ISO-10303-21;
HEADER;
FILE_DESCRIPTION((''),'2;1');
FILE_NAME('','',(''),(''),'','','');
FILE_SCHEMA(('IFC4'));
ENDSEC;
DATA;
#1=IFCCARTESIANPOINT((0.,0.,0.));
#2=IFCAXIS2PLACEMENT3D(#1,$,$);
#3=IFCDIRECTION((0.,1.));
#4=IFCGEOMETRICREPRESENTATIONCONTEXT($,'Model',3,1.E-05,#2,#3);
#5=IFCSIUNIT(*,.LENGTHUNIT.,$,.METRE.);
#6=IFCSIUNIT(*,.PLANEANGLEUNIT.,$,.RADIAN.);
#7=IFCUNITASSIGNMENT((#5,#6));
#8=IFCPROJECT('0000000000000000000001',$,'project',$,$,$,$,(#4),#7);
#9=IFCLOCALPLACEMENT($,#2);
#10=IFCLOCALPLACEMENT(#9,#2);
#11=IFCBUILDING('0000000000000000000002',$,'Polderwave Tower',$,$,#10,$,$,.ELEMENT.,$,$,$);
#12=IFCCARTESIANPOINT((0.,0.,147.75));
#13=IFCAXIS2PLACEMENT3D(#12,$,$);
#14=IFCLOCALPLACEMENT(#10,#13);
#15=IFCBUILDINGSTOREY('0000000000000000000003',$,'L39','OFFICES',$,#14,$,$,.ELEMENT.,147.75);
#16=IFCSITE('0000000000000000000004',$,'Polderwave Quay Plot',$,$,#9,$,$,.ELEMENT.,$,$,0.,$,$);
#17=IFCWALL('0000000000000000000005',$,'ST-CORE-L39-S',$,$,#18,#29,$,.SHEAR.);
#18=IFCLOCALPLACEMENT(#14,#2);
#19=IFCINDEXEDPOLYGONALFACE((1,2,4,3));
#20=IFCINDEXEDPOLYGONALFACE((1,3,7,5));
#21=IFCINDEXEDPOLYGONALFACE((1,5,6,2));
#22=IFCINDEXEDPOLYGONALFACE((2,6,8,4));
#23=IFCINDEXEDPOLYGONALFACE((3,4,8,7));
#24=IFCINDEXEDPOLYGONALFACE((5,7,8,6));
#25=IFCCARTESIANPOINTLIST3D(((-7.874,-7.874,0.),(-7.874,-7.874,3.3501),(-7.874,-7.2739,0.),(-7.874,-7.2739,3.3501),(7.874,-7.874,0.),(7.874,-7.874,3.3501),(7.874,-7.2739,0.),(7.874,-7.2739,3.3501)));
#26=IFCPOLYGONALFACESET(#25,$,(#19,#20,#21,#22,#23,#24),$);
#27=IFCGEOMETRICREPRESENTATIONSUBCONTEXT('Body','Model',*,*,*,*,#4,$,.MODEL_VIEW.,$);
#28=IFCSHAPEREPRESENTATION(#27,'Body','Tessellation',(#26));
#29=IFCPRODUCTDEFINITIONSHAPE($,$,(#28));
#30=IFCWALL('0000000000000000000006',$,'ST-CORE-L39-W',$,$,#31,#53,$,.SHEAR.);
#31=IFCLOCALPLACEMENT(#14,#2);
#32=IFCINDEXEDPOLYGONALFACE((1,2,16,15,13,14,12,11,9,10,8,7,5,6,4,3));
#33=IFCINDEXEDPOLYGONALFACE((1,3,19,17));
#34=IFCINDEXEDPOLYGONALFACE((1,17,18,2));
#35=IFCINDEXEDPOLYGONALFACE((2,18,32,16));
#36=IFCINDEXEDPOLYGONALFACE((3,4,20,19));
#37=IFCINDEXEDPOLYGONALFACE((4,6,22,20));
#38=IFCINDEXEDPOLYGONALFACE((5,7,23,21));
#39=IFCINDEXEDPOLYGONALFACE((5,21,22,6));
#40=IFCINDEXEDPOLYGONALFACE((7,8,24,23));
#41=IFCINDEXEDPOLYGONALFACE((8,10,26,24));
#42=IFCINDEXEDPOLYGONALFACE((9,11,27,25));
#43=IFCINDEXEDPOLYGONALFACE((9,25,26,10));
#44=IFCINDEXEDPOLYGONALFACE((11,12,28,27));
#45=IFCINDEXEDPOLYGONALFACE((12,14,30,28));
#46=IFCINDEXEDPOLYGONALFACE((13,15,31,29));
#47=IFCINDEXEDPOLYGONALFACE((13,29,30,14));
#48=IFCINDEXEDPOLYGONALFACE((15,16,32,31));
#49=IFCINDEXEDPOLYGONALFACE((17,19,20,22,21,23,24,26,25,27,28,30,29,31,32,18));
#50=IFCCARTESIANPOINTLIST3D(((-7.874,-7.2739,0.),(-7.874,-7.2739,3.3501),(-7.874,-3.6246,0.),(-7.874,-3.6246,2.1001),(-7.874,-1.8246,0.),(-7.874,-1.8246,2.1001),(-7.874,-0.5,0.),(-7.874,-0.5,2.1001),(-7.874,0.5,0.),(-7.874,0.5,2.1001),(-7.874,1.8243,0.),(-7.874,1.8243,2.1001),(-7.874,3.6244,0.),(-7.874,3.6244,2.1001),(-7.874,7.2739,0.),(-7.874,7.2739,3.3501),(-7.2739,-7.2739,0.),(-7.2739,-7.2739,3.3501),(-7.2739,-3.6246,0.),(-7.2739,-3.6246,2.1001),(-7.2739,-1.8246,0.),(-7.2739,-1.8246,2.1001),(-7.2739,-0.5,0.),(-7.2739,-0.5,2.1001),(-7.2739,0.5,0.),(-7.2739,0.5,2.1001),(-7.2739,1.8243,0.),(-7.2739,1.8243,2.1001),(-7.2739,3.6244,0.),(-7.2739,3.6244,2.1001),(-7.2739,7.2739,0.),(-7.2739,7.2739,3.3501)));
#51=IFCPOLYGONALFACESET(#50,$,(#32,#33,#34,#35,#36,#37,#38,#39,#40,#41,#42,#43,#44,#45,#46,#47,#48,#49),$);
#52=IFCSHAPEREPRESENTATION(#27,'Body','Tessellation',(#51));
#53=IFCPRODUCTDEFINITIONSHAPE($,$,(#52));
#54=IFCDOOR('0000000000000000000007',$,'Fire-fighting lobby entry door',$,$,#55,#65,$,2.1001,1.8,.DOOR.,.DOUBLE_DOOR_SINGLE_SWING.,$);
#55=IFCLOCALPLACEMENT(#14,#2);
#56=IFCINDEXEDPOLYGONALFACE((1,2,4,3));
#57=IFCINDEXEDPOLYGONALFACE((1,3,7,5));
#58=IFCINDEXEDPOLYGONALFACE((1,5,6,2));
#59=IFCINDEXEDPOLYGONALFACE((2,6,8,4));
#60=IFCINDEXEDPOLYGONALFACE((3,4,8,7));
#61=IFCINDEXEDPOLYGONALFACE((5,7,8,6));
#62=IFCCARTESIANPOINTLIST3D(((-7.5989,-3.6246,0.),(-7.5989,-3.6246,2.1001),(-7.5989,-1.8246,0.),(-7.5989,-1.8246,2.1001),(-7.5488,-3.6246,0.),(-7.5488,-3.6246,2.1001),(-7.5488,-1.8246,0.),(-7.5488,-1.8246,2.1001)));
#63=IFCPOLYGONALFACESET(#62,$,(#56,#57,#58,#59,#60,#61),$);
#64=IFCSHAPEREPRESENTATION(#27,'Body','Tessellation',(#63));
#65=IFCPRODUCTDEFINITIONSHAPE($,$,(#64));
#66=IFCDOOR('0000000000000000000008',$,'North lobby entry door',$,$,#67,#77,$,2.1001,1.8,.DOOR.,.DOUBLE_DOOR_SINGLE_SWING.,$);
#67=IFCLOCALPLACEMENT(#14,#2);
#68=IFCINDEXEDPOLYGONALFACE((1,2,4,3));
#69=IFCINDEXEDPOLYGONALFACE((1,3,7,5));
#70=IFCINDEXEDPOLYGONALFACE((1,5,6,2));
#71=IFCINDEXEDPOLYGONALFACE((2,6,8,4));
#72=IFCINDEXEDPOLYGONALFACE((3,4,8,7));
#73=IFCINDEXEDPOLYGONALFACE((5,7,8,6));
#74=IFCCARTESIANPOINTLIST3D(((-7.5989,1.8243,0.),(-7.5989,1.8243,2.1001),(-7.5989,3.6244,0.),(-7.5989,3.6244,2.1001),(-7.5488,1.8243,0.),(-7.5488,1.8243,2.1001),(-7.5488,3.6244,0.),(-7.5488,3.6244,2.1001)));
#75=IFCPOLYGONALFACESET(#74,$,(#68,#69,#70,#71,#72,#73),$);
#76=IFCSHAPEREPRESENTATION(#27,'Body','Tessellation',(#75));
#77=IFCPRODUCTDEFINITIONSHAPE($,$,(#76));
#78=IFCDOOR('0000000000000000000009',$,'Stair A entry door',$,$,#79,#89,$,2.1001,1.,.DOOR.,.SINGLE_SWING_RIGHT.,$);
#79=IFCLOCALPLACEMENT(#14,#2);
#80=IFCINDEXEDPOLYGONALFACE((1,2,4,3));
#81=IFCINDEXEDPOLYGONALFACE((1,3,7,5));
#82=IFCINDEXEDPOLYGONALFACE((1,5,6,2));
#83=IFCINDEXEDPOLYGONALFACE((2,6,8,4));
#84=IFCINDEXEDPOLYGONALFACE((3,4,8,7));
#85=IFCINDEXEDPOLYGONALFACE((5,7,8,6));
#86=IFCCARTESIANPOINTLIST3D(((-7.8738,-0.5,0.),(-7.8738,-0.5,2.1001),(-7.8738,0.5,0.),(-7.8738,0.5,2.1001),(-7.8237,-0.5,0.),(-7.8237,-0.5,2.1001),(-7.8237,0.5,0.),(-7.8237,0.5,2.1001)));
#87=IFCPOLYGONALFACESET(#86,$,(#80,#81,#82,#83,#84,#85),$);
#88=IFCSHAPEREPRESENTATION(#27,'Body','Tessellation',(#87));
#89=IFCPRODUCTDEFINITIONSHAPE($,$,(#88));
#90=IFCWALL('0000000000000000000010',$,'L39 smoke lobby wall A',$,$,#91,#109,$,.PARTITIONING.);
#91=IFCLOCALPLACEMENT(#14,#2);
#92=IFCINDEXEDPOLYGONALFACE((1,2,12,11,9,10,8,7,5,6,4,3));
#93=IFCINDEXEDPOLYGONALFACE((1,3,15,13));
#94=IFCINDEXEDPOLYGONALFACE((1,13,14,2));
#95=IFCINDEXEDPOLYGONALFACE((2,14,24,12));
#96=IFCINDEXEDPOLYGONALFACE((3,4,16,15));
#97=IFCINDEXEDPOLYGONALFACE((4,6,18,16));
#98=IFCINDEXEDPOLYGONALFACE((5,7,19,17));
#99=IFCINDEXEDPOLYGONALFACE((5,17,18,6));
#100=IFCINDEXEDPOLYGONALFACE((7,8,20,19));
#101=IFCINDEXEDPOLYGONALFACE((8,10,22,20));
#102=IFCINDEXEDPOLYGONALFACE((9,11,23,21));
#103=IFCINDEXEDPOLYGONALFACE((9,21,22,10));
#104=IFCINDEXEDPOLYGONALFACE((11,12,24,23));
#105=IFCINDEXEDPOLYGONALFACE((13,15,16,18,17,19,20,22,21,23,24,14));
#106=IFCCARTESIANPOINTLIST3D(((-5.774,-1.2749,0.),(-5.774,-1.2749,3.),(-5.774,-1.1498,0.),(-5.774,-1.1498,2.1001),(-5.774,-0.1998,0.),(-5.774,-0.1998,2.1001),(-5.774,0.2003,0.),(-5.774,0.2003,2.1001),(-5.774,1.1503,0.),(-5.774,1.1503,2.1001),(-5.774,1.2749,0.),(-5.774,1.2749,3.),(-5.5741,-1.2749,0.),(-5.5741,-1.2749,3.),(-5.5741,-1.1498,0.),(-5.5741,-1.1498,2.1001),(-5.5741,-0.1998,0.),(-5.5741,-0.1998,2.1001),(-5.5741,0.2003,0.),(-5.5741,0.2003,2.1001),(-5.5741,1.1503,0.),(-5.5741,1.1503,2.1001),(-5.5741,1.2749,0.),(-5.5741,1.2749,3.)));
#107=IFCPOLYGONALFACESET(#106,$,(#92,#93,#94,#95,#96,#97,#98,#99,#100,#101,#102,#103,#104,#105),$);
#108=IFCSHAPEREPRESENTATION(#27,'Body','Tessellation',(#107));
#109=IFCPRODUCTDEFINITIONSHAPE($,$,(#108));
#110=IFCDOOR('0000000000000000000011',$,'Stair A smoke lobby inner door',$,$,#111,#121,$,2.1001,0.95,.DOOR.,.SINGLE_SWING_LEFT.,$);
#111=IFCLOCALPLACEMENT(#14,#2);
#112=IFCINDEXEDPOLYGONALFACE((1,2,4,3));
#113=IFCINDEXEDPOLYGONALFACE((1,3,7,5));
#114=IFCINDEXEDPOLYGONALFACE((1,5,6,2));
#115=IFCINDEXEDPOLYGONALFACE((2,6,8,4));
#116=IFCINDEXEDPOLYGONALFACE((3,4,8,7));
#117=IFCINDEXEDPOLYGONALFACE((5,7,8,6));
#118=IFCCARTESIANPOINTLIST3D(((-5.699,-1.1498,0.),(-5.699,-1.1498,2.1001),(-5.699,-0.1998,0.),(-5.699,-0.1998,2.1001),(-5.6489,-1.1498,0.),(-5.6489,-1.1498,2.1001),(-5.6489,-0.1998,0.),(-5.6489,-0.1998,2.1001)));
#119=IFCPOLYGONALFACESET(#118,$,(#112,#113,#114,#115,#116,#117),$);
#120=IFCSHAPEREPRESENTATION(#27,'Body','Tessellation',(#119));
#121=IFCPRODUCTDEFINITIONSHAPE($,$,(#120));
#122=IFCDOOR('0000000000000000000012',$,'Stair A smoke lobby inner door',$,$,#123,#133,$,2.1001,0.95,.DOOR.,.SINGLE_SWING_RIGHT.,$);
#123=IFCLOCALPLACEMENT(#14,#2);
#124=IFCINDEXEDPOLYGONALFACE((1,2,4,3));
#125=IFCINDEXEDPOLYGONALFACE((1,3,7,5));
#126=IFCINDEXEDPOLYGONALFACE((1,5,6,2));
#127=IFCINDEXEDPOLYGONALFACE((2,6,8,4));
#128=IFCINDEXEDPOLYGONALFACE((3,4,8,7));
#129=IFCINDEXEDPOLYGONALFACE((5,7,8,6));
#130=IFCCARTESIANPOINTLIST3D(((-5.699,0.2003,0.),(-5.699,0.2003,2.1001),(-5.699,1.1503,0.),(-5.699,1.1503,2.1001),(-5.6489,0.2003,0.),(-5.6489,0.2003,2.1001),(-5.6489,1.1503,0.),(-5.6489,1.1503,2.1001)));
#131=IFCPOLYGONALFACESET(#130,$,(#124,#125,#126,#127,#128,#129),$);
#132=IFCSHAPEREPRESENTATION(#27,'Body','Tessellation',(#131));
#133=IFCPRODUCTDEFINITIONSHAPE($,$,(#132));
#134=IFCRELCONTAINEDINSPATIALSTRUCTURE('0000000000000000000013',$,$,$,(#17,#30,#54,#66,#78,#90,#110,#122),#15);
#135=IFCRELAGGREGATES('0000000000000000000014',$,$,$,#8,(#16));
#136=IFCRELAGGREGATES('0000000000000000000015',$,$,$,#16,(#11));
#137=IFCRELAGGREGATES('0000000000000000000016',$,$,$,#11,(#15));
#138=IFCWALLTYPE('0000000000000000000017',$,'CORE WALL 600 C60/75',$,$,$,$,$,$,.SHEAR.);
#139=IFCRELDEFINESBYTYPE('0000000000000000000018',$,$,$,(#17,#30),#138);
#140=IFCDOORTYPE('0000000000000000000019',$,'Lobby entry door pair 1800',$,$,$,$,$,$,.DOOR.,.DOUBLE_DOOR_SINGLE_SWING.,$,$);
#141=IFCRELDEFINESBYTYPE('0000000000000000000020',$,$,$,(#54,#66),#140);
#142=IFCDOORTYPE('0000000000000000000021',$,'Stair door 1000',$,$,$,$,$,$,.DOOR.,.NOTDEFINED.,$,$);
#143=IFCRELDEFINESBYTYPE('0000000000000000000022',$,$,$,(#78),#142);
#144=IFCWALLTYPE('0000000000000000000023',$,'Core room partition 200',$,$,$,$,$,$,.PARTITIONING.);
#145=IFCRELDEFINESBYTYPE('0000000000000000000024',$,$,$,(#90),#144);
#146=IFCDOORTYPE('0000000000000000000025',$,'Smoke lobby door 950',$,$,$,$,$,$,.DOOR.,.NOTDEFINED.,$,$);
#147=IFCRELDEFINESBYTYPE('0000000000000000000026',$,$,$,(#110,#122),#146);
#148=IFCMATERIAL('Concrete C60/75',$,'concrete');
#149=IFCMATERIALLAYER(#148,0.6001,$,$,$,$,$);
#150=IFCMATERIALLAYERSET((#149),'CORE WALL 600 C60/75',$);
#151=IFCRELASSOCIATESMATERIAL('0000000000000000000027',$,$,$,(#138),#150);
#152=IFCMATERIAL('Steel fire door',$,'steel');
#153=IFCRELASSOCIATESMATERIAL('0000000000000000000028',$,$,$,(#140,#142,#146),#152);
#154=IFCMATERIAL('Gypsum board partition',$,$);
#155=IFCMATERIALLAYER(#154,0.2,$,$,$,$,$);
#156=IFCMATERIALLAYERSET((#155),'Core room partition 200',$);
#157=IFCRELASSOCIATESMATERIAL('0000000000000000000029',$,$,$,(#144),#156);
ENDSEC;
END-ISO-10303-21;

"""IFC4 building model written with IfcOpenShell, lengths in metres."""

from ifc_helpers import new_model, si_unit, direction, frame, frame_2d, origin, place, context, subcontext, project, spatial, rectangle, extrude, material, layer, layer_set, type_object, element, fill, save


model = new_model("IFC4")

# Units and contexts
model_context = context("Model", 3, precision=1e-05, world=origin(), true_north=direction((0.0, 1.0)))
body_context = subcontext(model_context, "Body", "Model", "MODEL_VIEW")
ifc_project = project(units=[si_unit("LENGTHUNIT", "METRE"), si_unit("PLANEANGLEUNIT", "RADIAN")], contexts=[model_context])

# Site, building, storey
site_placement = place(None, origin())
site = spatial("IfcSite", under=ifc_project, at=site_placement, Name="Polderwave Quay Plot", CompositionType="ELEMENT", RefElevation=0.0)
building_placement = place(site_placement, origin())
building = spatial("IfcBuilding", under=site, at=building_placement, Name="Polderwave Tower", CompositionType="ELEMENT")
storey_placement = place(building_placement, frame((0.0, 0.0, 147.75)))
storey = spatial("IfcBuildingStorey", under=building, at=storey_placement, Name="L39", Description="OFFICES", CompositionType="ELEMENT", Elevation=147.75)

# Wall
ifc_material_1 = material(Name="Concrete C60/75", Category="concrete")
ifc_layer_1 = layer(ifc_material_1, 0.6001)
ifc_layer_set_1 = layer_set([ifc_layer_1], Name="CORE WALL 600 C60/75")
wall_type_1 = type_object("IfcWallType", Name="CORE WALL 600 C60/75", PredefinedType="SHEAR", material=ifc_layer_set_1)
wall_1_placement = place(storey_placement, frame((-7.874, -7.574, 0.0), z_axis=(0.0, 0.0, 1.0), x_axis=(1.0, 0.0, 0.0)))
element("IfcWall", 1, at=wall_1_placement, inside=storey, type_object=wall_type_1, Name="ST-CORE-L39-S", PredefinedType="SHEAR", context=body_context, shape_type="SweptSolid", body=[
    extrude(rectangle(XDim=15.748, YDim=0.6001, at=frame_2d((7.874, 0.0))), origin(), (0.0, 0.0, 1.0), 3.3501),
])

# Walls, openings, doors
wall_2_placement = place(storey_placement, frame((-7.574, -7.2739, 0.0), z_axis=(0.0, 0.0, 1.0), x_axis=(0.0, 1.0, 0.0)))
wall_2 = element("IfcWall", 2, at=wall_2_placement, inside=storey, type_object=wall_type_1, Name="ST-CORE-L39-W", PredefinedType="SHEAR", context=body_context, shape_type="SweptSolid", body=[
    extrude(rectangle(XDim=14.5479, YDim=0.6001, at=frame_2d((7.2739, 0.0))), origin(), (0.0, 0.0, 1.0), 3.3501),
])
opening_1_placement = place(wall_2_placement, frame((6.7739, 0.0, 0.0)))
opening_1 = element("IfcOpeningElement", 3, at=opening_1_placement, cuts=wall_2, PredefinedType="OPENING", context=body_context, shape_type="SweptSolid", body=[
    extrude(rectangle(XDim=1.0, YDim=2.1001, at=frame_2d((0.5, 1.05))), frame((0.0, 0.3101, 0.0), z_axis=(0.0, -1.0, 0.0), x_axis=(1.0, 0.0, 0.0)), (0.0, 0.0, 1.0), 0.6201),
])
opening_2_placement = place(wall_2_placement, frame((3.6494, 0.0, 0.0)))
opening_2 = element("IfcOpeningElement", 4, at=opening_2_placement, cuts=wall_2, PredefinedType="OPENING", context=body_context, shape_type="SweptSolid", body=[
    extrude(rectangle(XDim=1.8, YDim=2.1001, at=frame_2d((0.8999, 1.05))), frame((0.0, 0.3101, 0.0), z_axis=(0.0, -1.0, 0.0), x_axis=(1.0, 0.0, 0.0)), (0.0, 0.0, 1.0), 0.6201),
])
opening_3_placement = place(wall_2_placement, frame((9.0984, 0.0, 0.0)))
opening_3 = element("IfcOpeningElement", 5, at=opening_3_placement, cuts=wall_2, PredefinedType="OPENING", context=body_context, shape_type="SweptSolid", body=[
    extrude(rectangle(XDim=1.8, YDim=2.1001, at=frame_2d((0.8999, 1.05))), frame((0.0, 0.3101, 0.0), z_axis=(0.0, -1.0, 0.0), x_axis=(1.0, 0.0, 0.0)), (0.0, 0.0, 1.0), 0.6201),
])
ifc_material_2 = material(Name="Steel fire door", Category="steel")
door_type_1 = type_object("IfcDoorType", Name="Lobby entry door pair 1800", OperationType="DOUBLE_DOOR_SINGLE_SWING", PredefinedType="DOOR", material=ifc_material_2)
door_1_placement = place(opening_2_placement, origin())
door_1 = element("IfcDoor", 6, at=door_1_placement, inside=storey, type_object=door_type_1, Name="Fire-fighting lobby entry door", OperationType="DOUBLE_DOOR_SINGLE_SWING", OverallHeight=2.1001, OverallWidth=1.8, PredefinedType="DOOR", context=body_context, shape_type="SweptSolid", body=[
    extrude(rectangle(XDim=1.8, YDim=2.1001, at=frame_2d((0.8999, 1.05))), frame((0.0, 0.0249, 0.0), z_axis=(0.0, -1.0, 0.0), x_axis=(1.0, 0.0, 0.0)), (0.0, 0.0, 1.0), 0.05),
])
fill(opening_2, door_1)
door_2_placement = place(opening_3_placement, origin())
door_2 = element("IfcDoor", 7, at=door_2_placement, inside=storey, type_object=door_type_1, Name="North lobby entry door", OperationType="DOUBLE_DOOR_SINGLE_SWING", OverallHeight=2.1001, OverallWidth=1.8, PredefinedType="DOOR", context=body_context, shape_type="SweptSolid", body=[
    extrude(rectangle(XDim=1.8, YDim=2.1001, at=frame_2d((0.8999, 1.05))), frame((0.0, 0.0249, 0.0), z_axis=(0.0, -1.0, 0.0), x_axis=(1.0, 0.0, 0.0)), (0.0, 0.0, 1.0), 0.05),
])
fill(opening_3, door_2)
door_type_2 = type_object("IfcDoorType", Name="Stair door 1000", OperationType="NOTDEFINED", PredefinedType="DOOR", material=ifc_material_2)
door_3_placement = place(opening_1_placement, origin())
door_3 = element("IfcDoor", 8, at=door_3_placement, inside=storey, type_object=door_type_2, Name="Stair A entry door", OperationType="SINGLE_SWING_RIGHT", OverallHeight=2.1001, OverallWidth=1.0, PredefinedType="DOOR", context=body_context, shape_type="SweptSolid", body=[
    extrude(rectangle(XDim=1.0, YDim=2.1001, at=frame_2d((0.5, 1.05))), frame((0.0, 0.2998, 0.0), z_axis=(0.0, -1.0, 0.0), x_axis=(1.0, 0.0, 0.0)), (0.0, 0.0, 1.0), 0.05),
])
fill(opening_1, door_3)
ifc_material_3 = material(Name="Gypsum board partition")
ifc_layer_2 = layer(ifc_material_3, 0.2)
ifc_layer_set_2 = layer_set([ifc_layer_2], Name="Core room partition 200")
wall_type_2 = type_object("IfcWallType", Name="Core room partition 200", PredefinedType="PARTITIONING", material=ifc_layer_set_2)
wall_3_placement = place(storey_placement, frame((-5.6741, -1.2749, 0.0), z_axis=(0.0, 0.0, 1.0), x_axis=(0.0, 1.0, 0.0)))
wall_3 = element("IfcWall", 9, at=wall_3_placement, inside=storey, type_object=wall_type_2, Name="L39 smoke lobby wall A", PredefinedType="PARTITIONING", context=body_context, shape_type="SweptSolid", body=[
    extrude(rectangle(XDim=2.5498, YDim=0.2, at=frame_2d((1.2749, 0.0))), origin(), (0.0, 0.0, 1.0), 3.0),
])
opening_4_placement = place(wall_3_placement, frame((0.125, 0.0, 0.0)))
opening_4 = element("IfcOpeningElement", 10, at=opening_4_placement, cuts=wall_3, PredefinedType="OPENING", context=body_context, shape_type="SweptSolid", body=[
    extrude(rectangle(XDim=0.95, YDim=2.1001, at=frame_2d((0.4751, 1.05))), frame((0.0, 0.1099, 0.0), z_axis=(0.0, -1.0, 0.0), x_axis=(1.0, 0.0, 0.0)), (0.0, 0.0, 1.0), 0.22),
])
opening_5_placement = place(wall_3_placement, frame((1.4751, 0.0, 0.0)))
opening_5 = element("IfcOpeningElement", 11, at=opening_5_placement, cuts=wall_3, PredefinedType="OPENING", context=body_context, shape_type="SweptSolid", body=[
    extrude(rectangle(XDim=0.95, YDim=2.1001, at=frame_2d((0.4751, 1.05))), frame((0.0, 0.1099, 0.0), z_axis=(0.0, -1.0, 0.0), x_axis=(1.0, 0.0, 0.0)), (0.0, 0.0, 1.0), 0.22),
])
door_type_3 = type_object("IfcDoorType", Name="Smoke lobby door 950", OperationType="NOTDEFINED", PredefinedType="DOOR", material=ifc_material_2)
door_4_placement = place(opening_4_placement, origin())
door_4 = element("IfcDoor", 12, at=door_4_placement, inside=storey, type_object=door_type_3, Name="Stair A smoke lobby inner door", OperationType="SINGLE_SWING_LEFT", OverallHeight=2.1001, OverallWidth=0.95, PredefinedType="DOOR", context=body_context, shape_type="SweptSolid", body=[
    extrude(rectangle(XDim=0.95, YDim=2.1001, at=frame_2d((0.4751, 1.05))), frame((0.0, 0.0249, 0.0), z_axis=(0.0, -1.0, 0.0), x_axis=(1.0, 0.0, 0.0)), (0.0, 0.0, 1.0), 0.05),
])
fill(opening_4, door_4)
door_5_placement = place(opening_5_placement, origin())
door_5 = element("IfcDoor", 13, at=door_5_placement, inside=storey, type_object=door_type_3, Name="Stair A smoke lobby inner door", OperationType="SINGLE_SWING_RIGHT", OverallHeight=2.1001, OverallWidth=0.95, PredefinedType="DOOR", context=body_context, shape_type="SweptSolid", body=[
    extrude(rectangle(XDim=0.95, YDim=2.1001, at=frame_2d((0.4751, 1.05))), frame((0.0, 0.0249, 0.0), z_axis=(0.0, -1.0, 0.0), x_axis=(1.0, 0.0, 0.0)), (0.0, 0.0, 1.0), 0.05),
])
fill(opening_5, door_5)

save(model, "model.ifc")
